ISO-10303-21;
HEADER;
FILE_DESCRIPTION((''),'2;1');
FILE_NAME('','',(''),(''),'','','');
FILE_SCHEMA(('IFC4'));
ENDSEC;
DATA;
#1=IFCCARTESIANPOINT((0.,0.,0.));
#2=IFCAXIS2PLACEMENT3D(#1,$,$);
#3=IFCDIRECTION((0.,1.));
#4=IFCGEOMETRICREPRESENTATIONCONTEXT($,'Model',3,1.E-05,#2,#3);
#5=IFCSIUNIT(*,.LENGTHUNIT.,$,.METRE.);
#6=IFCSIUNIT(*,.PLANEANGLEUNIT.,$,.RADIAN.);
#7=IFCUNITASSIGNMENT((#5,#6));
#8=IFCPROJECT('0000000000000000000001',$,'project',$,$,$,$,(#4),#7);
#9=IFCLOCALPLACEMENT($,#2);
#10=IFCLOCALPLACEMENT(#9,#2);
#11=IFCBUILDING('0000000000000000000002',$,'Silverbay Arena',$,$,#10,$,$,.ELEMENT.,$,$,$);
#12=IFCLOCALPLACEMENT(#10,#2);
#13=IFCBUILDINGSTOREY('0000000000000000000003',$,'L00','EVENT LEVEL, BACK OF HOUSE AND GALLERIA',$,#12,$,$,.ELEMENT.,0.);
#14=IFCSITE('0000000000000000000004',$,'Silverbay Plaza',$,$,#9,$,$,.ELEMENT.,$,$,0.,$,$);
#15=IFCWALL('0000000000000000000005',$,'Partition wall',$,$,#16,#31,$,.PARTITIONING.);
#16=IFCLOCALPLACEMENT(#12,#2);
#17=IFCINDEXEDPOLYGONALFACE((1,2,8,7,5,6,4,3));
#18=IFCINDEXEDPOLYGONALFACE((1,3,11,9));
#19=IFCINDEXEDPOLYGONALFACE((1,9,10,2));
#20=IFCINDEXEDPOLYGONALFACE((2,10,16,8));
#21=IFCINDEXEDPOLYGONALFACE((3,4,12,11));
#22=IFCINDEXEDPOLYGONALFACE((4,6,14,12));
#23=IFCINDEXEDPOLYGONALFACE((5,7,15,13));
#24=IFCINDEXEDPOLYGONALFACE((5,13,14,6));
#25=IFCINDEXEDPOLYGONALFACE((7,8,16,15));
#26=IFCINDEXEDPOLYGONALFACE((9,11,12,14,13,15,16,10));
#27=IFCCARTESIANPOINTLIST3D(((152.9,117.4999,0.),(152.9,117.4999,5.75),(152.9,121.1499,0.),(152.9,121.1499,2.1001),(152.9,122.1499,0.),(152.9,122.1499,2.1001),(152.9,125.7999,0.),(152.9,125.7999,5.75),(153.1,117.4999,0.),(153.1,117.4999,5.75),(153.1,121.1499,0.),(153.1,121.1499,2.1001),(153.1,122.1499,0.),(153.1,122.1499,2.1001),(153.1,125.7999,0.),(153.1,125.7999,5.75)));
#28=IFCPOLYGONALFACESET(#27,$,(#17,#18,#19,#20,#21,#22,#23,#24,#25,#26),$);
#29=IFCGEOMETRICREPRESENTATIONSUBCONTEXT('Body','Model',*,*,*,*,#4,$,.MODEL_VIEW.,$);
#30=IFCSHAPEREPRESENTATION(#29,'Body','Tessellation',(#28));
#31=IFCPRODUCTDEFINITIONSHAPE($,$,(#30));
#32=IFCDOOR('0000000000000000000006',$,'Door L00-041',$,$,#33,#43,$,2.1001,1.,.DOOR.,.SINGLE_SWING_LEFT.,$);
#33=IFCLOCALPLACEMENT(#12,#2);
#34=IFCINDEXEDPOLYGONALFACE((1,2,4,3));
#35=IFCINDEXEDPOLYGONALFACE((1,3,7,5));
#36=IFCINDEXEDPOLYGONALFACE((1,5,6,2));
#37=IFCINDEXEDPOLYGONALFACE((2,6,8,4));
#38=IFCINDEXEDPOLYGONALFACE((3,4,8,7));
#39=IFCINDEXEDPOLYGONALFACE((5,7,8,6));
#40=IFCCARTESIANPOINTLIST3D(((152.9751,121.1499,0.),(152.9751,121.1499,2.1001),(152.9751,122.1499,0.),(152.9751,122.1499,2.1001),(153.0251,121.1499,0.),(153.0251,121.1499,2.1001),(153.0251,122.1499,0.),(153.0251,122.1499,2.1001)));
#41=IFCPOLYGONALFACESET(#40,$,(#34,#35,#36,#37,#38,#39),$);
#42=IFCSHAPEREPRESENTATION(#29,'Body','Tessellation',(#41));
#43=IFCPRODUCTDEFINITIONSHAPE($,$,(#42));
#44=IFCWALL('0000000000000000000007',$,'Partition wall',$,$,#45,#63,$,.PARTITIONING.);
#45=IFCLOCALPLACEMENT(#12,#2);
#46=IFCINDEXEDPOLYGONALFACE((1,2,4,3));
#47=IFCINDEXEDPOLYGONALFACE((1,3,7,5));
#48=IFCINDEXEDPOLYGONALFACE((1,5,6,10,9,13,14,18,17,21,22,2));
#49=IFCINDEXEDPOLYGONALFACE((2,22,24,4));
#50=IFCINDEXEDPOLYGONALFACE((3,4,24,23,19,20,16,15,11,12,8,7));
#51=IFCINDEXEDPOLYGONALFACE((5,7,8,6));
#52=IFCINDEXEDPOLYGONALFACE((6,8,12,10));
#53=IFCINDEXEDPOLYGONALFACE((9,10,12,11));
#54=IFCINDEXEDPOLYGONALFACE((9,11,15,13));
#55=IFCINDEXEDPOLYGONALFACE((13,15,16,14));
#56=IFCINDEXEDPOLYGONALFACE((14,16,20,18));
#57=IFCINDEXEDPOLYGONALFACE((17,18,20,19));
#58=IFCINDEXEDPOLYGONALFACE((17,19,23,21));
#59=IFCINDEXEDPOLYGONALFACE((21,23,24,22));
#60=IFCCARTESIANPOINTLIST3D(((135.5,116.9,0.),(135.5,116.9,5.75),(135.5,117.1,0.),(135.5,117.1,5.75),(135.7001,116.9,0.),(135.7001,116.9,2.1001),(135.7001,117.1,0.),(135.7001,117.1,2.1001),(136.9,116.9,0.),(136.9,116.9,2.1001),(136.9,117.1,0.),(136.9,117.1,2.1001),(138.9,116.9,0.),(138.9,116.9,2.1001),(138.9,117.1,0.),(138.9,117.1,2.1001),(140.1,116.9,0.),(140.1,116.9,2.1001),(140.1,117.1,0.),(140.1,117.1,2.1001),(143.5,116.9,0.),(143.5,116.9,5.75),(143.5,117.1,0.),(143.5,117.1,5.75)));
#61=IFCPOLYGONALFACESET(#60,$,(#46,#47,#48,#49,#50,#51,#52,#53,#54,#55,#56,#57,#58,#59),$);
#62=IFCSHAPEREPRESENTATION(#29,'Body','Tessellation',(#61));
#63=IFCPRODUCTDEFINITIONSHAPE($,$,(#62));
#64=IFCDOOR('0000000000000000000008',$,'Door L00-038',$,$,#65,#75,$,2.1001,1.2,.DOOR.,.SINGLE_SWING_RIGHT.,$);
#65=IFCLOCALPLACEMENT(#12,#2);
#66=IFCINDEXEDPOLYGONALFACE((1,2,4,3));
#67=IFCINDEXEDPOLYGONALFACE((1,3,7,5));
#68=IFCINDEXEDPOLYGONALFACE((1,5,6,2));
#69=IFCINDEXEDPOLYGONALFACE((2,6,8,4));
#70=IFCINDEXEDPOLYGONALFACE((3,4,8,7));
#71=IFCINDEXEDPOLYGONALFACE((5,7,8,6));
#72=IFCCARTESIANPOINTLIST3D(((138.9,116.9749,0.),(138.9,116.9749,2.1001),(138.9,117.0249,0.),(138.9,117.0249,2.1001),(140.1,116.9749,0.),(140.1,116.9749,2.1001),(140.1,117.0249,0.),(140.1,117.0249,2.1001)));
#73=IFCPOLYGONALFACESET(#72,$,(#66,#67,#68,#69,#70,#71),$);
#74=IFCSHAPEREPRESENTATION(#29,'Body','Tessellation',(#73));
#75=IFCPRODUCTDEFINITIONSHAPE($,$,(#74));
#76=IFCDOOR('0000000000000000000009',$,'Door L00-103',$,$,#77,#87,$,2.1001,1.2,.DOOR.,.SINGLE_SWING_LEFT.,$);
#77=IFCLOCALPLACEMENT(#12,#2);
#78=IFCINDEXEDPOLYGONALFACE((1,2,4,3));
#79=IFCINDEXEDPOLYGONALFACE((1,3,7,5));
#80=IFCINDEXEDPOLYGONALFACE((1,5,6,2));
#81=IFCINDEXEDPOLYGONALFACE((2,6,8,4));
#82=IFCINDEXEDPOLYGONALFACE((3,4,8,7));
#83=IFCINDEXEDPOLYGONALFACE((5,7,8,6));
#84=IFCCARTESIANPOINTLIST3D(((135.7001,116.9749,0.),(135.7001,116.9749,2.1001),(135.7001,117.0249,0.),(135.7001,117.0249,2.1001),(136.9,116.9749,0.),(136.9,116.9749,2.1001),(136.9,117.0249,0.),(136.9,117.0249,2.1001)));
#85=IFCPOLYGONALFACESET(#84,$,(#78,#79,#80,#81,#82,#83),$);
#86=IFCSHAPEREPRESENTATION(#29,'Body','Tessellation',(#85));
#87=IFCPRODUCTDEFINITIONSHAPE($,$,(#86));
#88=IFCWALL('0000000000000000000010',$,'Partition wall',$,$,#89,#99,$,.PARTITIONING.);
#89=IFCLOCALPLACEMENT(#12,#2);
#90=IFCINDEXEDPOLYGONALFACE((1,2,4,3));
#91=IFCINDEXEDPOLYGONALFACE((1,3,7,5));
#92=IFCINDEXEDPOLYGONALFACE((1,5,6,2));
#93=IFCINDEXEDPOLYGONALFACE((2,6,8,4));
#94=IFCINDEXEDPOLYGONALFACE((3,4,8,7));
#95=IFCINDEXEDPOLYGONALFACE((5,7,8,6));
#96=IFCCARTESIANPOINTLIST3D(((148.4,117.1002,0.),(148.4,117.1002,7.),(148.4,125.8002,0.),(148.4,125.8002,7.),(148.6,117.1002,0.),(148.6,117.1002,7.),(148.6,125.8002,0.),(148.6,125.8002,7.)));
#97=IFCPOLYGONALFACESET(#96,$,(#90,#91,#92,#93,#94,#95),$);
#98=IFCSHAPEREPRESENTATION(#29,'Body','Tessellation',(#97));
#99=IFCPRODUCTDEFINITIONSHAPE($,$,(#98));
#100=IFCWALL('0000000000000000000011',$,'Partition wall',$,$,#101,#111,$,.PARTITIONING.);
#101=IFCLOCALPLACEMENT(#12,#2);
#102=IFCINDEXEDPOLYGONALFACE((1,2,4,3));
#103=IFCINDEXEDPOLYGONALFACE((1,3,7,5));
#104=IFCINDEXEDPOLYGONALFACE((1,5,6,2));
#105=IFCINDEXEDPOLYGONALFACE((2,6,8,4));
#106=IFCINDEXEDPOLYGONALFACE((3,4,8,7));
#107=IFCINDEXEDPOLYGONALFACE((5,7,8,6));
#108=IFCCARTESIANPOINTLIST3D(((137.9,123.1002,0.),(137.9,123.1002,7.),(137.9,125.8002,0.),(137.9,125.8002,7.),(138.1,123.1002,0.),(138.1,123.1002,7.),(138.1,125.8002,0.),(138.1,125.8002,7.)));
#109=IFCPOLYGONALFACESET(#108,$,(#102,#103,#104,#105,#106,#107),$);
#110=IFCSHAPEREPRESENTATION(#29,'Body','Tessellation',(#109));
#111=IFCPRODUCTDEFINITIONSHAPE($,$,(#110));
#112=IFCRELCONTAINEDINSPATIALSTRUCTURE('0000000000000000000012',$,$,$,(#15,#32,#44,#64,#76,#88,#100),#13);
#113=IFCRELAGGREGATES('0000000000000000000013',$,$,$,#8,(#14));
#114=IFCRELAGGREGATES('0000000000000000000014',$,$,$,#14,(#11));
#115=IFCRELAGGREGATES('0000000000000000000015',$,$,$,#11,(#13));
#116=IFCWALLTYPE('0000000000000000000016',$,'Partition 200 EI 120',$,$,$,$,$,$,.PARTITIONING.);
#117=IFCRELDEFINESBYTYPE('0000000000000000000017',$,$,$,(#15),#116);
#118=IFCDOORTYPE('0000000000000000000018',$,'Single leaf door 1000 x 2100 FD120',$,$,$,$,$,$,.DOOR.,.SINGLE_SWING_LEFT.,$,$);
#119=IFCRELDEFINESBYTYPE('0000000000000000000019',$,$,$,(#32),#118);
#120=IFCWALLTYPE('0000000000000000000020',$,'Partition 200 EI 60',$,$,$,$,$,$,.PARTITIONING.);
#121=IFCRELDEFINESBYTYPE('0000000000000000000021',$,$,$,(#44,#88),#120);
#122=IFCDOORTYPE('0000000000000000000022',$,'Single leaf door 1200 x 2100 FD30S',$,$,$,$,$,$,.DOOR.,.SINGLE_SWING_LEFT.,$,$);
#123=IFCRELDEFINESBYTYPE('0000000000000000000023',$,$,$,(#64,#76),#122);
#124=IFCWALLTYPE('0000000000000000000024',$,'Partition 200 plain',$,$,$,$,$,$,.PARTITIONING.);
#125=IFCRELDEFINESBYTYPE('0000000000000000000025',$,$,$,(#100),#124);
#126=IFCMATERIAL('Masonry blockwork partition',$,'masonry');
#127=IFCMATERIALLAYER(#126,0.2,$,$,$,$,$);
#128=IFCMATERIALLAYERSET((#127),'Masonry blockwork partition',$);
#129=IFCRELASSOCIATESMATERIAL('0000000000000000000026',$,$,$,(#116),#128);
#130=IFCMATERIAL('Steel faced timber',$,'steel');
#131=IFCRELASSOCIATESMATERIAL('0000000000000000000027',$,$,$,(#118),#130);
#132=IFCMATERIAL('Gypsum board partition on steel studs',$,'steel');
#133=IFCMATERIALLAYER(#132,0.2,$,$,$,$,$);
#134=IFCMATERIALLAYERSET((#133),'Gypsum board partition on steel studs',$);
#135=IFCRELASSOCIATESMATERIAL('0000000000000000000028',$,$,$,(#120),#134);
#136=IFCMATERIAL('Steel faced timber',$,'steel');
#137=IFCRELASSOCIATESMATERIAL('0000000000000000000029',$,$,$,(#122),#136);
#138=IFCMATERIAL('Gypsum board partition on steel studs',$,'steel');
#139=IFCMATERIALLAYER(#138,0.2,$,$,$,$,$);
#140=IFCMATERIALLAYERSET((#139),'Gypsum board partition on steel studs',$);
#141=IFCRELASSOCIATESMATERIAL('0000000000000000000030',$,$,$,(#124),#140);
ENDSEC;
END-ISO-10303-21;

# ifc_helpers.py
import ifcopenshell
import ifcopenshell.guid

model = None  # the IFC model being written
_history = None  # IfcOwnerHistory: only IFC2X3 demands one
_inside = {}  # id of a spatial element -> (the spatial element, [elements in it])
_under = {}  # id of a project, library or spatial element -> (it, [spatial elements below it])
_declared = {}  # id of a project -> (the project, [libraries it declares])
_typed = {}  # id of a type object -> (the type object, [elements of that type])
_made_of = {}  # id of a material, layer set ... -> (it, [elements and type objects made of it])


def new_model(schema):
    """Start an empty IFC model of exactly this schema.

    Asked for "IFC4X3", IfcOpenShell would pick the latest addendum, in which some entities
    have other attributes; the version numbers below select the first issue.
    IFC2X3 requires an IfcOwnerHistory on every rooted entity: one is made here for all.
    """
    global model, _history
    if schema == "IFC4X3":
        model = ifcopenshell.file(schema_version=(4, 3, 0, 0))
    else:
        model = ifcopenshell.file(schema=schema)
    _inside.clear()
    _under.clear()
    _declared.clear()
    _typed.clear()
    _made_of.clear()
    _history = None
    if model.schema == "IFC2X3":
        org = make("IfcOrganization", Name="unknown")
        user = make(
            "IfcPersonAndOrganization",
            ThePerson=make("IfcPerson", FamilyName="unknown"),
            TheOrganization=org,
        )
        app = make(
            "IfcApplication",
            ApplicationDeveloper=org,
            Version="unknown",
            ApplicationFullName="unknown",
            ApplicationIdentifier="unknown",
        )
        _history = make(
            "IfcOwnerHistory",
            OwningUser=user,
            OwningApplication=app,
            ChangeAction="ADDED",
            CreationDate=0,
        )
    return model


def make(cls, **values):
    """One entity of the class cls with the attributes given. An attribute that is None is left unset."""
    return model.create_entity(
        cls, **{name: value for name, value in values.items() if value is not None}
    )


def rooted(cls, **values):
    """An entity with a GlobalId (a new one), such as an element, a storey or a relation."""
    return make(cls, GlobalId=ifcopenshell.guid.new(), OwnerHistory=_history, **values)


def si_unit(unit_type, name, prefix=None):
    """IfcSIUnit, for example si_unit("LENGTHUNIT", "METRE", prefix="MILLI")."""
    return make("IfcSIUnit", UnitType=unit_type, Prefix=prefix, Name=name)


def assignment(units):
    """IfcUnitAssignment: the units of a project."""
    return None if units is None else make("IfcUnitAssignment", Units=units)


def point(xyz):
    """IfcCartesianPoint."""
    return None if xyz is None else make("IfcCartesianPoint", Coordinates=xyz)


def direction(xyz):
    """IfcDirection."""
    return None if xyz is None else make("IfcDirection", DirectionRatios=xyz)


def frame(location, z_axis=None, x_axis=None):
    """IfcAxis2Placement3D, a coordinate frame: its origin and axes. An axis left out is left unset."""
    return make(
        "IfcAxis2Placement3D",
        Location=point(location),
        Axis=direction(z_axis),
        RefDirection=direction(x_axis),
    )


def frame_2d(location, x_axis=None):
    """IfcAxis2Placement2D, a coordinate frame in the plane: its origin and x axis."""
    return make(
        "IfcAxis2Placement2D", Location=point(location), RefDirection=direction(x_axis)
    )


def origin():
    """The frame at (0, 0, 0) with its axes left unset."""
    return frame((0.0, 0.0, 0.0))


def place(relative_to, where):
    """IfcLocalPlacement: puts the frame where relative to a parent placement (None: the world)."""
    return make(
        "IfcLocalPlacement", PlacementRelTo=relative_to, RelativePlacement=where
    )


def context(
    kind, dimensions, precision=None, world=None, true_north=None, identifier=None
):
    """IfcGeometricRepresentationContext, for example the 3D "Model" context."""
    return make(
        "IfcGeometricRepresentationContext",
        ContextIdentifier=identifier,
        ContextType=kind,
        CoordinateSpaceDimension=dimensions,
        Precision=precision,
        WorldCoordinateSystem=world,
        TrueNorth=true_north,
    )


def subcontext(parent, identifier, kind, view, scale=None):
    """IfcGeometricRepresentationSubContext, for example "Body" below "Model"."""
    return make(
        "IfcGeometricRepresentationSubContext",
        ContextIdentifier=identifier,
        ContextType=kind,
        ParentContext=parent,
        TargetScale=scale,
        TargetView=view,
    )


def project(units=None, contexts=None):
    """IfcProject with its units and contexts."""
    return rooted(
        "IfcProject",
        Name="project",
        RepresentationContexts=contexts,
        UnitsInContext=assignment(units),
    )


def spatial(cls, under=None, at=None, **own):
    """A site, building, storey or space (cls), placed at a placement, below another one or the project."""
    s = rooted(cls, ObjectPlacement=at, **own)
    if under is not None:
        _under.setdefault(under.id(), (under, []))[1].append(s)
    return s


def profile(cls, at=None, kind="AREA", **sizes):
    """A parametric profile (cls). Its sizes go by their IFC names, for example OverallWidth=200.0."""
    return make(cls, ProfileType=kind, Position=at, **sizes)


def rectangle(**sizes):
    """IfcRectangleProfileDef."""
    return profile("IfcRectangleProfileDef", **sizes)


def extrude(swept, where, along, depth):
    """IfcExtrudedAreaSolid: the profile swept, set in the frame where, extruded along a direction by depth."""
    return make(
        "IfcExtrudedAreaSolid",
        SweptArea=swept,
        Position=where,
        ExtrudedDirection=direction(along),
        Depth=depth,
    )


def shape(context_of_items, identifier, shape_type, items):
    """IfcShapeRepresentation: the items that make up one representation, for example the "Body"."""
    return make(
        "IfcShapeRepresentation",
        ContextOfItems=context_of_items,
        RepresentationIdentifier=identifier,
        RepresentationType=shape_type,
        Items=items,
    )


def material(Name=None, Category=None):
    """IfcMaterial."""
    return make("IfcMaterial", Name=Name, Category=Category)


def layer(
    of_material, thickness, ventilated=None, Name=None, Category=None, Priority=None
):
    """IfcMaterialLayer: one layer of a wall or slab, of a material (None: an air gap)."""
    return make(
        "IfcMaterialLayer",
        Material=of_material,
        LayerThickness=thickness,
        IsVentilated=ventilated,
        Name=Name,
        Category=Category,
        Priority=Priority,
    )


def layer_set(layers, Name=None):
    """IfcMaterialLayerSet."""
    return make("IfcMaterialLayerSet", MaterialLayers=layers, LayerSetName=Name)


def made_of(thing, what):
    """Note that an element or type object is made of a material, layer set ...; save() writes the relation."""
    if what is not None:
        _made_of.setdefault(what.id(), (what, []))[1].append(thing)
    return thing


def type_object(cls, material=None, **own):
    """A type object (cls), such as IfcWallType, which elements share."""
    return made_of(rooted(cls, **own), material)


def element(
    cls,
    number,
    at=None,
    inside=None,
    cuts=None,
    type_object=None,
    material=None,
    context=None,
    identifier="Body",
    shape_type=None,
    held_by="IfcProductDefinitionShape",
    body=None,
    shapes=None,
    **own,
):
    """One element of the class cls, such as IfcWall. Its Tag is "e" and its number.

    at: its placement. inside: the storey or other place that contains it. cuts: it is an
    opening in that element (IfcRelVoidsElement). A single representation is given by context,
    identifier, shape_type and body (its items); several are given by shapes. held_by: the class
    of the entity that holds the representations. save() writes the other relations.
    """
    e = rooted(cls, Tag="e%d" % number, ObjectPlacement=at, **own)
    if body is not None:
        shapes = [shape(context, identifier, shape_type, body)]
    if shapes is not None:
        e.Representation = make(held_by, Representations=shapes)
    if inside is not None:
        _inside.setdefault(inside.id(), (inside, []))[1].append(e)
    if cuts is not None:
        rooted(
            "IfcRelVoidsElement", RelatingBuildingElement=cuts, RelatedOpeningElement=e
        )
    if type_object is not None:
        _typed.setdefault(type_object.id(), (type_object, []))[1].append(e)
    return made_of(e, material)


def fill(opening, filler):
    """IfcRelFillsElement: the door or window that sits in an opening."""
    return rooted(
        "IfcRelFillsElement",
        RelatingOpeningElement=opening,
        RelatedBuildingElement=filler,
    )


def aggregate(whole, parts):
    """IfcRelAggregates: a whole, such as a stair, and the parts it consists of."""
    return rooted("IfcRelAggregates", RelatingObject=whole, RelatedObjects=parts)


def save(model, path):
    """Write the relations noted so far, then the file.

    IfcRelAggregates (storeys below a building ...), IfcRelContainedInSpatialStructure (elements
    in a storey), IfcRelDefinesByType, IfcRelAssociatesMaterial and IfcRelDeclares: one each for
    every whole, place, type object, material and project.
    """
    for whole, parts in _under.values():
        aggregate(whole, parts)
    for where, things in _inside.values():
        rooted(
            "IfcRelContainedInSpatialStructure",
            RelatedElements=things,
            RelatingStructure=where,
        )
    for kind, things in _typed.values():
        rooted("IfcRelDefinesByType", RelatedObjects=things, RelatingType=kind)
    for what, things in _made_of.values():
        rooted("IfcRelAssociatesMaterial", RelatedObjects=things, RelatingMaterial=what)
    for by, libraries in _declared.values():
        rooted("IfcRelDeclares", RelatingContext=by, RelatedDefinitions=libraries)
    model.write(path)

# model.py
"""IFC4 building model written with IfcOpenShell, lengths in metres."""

from ifc_helpers import new_model, si_unit, direction, frame, frame_2d, origin, place, context, subcontext, project, spatial, rectangle, extrude, material, layer, layer_set, type_object, element, fill, save


model = new_model("IFC4")

# Units and contexts
model_context = context("Model", 3, precision=1e-05, world=origin(), true_north=direction((0.0, 1.0)))
body_context = subcontext(model_context, "Body", "Model", "MODEL_VIEW")
ifc_project = project(units=[si_unit("LENGTHUNIT", "METRE"), si_unit("PLANEANGLEUNIT", "RADIAN")], contexts=[model_context])

# Site, building, storey
site_placement = place(None, origin())
site = spatial("IfcSite", under=ifc_project, at=site_placement, Name="Silverbay Plaza", CompositionType="ELEMENT", RefElevation=0.0)
building_placement = place(site_placement, origin())
building = spatial("IfcBuilding", under=site, at=building_placement, Name="Silverbay Arena", CompositionType="ELEMENT")
storey_placement = place(building_placement, origin())
storey = spatial("IfcBuildingStorey", under=building, at=storey_placement, Name="L00", Description="EVENT LEVEL, BACK OF HOUSE AND GALLERIA", CompositionType="ELEMENT", Elevation=0.0)

# Shared definitions
ifc_material_1 = material(Name="Masonry blockwork partition", Category="masonry")
ifc_layer_1 = layer(ifc_material_1, 0.2)
ifc_layer_set_1 = layer_set([ifc_layer_1], Name="Masonry blockwork partition")
wall_type_1 = type_object("IfcWallType", Name="Partition 200 EI 120", PredefinedType="PARTITIONING", material=ifc_layer_set_1)
ifc_material_2 = material(Name="Steel faced timber", Category="steel")
door_type_1 = type_object("IfcDoorType", Name="Single leaf door 1000 x 2100 FD120", OperationType="SINGLE_SWING_LEFT", PredefinedType="DOOR", material=ifc_material_2)

# Wall, opening, door
wall_1_placement = place(storey_placement, frame((153.0, 117.5, 0.0), z_axis=(0.0, 0.0, 1.0), x_axis=(0.0, 1.0, 0.0)))
wall_1 = element("IfcWall", 1, at=wall_1_placement, inside=storey, type_object=wall_type_1, Name="Partition wall", PredefinedType="PARTITIONING", context=body_context, shape_type="SweptSolid", body=[
    extrude(rectangle(XDim=8.3, YDim=0.2, at=frame_2d((4.1499, 0.0))), origin(), (0.0, 0.0, 1.0), 5.75),
])
opening_1_placement = place(wall_1_placement, frame((3.6499, 0.0, 0.0)))
opening_1 = element("IfcOpeningElement", 2, at=opening_1_placement, cuts=wall_1, PredefinedType="OPENING", context=body_context, shape_type="SweptSolid", body=[
    extrude(rectangle(XDim=1.0, YDim=2.1001, at=frame_2d((0.5, 1.05))), frame((0.0, 0.1099, 0.0), z_axis=(0.0, -1.0, 0.0), x_axis=(1.0, 0.0, 0.0)), (0.0, 0.0, 1.0), 0.22),
])
door_1_placement = place(opening_1_placement, origin())
door_1 = element("IfcDoor", 3, at=door_1_placement, inside=storey, type_object=door_type_1, Name="Door L00-041", OperationType="SINGLE_SWING_LEFT", OverallHeight=2.1001, OverallWidth=1.0, PredefinedType="DOOR", context=body_context, shape_type="SweptSolid", body=[
    extrude(rectangle(XDim=1.0, YDim=2.1001, at=frame_2d((0.5, 1.05))), frame((0.0, 0.0249, 0.0), z_axis=(0.0, -1.0, 0.0), x_axis=(1.0, 0.0, 0.0)), (0.0, 0.0, 1.0), 0.05),
])
fill(opening_1, door_1)

# Wall, openings, doors
ifc_material_3 = material(Name="Gypsum board partition on steel studs", Category="steel")
ifc_layer_2 = layer(ifc_material_3, 0.2)
ifc_layer_set_2 = layer_set([ifc_layer_2], Name="Gypsum board partition on steel studs")
wall_type_2 = type_object("IfcWallType", Name="Partition 200 EI 60", PredefinedType="PARTITIONING", material=ifc_layer_set_2)
wall_2_placement = place(storey_placement, frame((135.5, 117.0, 0.0), z_axis=(0.0, 0.0, 1.0), x_axis=(1.0, 0.0, 0.0)))
wall_2 = element("IfcWall", 4, at=wall_2_placement, inside=storey, type_object=wall_type_2, Name="Partition wall", PredefinedType="PARTITIONING", context=body_context, shape_type="SweptSolid", body=[
    extrude(rectangle(XDim=8.0, YDim=0.2, at=frame_2d((4.0, 0.0))), origin(), (0.0, 0.0, 1.0), 5.75),
])
opening_2_placement = place(wall_2_placement, frame((3.3999, 0.0, 0.0)))
opening_2 = element("IfcOpeningElement", 5, at=opening_2_placement, cuts=wall_2, PredefinedType="OPENING", context=body_context, shape_type="SweptSolid", body=[
    extrude(rectangle(XDim=1.2, YDim=2.1001, at=frame_2d((0.6001, 1.05))), frame((0.0, 0.1099, 0.0), z_axis=(0.0, -1.0, 0.0), x_axis=(1.0, 0.0, 0.0)), (0.0, 0.0, 1.0), 0.22),
])
opening_3_placement = place(wall_2_placement, frame((0.2, 0.0, 0.0)))
opening_3 = element("IfcOpeningElement", 6, at=opening_3_placement, cuts=wall_2, PredefinedType="OPENING", context=body_context, shape_type="SweptSolid", body=[
    extrude(rectangle(XDim=1.2, YDim=2.1001, at=frame_2d((0.6001, 1.05))), frame((0.0, 0.1099, 0.0), z_axis=(0.0, -1.0, 0.0), x_axis=(1.0, 0.0, 0.0)), (0.0, 0.0, 1.0), 0.22),
])
ifc_material_4 = material(Name="Steel faced timber", Category="steel")
door_type_2 = type_object("IfcDoorType", Name="Single leaf door 1200 x 2100 FD30S", OperationType="SINGLE_SWING_LEFT", PredefinedType="DOOR", material=ifc_material_4)
door_2_placement = place(opening_2_placement, origin())
door_2 = element("IfcDoor", 7, at=door_2_placement, inside=storey, type_object=door_type_2, Name="Door L00-038", OperationType="SINGLE_SWING_RIGHT", OverallHeight=2.1001, OverallWidth=1.2, PredefinedType="DOOR", context=body_context, shape_type="SweptSolid", body=[
    extrude(rectangle(XDim=1.2, YDim=2.1001, at=frame_2d((0.6001, 1.05))), frame((0.0, 0.0249, 0.0), z_axis=(0.0, -1.0, 0.0), x_axis=(1.0, 0.0, 0.0)), (0.0, 0.0, 1.0), 0.05),
])
fill(opening_2, door_2)
door_3_placement = place(opening_3_placement, origin())
door_3 = element("IfcDoor", 8, at=door_3_placement, inside=storey, type_object=door_type_2, Name="Door L00-103", OperationType="SINGLE_SWING_LEFT", OverallHeight=2.1001, OverallWidth=1.2, PredefinedType="DOOR", context=body_context, shape_type="SweptSolid", body=[
    extrude(rectangle(XDim=1.2, YDim=2.1001, at=frame_2d((0.6001, 1.05))), frame((0.0, 0.0249, 0.0), z_axis=(0.0, -1.0, 0.0), x_axis=(1.0, 0.0, 0.0)), (0.0, 0.0, 1.0), 0.05),
])
fill(opening_3, door_3)

# Walls
wall_3_placement = place(storey_placement, frame((148.5, 117.1001, 0.0), z_axis=(0.0, 0.0, 1.0), x_axis=(0.0, 1.0, 0.0)))
element("IfcWall", 9, at=wall_3_placement, inside=storey, type_object=wall_type_2, Name="Partition wall", PredefinedType="PARTITIONING", context=body_context, shape_type="SweptSolid", body=[
    extrude(rectangle(XDim=8.7, YDim=0.2, at=frame_2d((4.3501, 0.0))), origin(), (0.0, 0.0, 1.0), 7.0),
])
ifc_material_5 = material(Name="Gypsum board partition on steel studs", Category="steel")
ifc_layer_3 = layer(ifc_material_5, 0.2)
ifc_layer_set_3 = layer_set([ifc_layer_3], Name="Gypsum board partition on steel studs")
wall_type_3 = type_object("IfcWallType", Name="Partition 200 plain", PredefinedType="PARTITIONING", material=ifc_layer_set_3)
wall_4_placement = place(storey_placement, frame((138.0, 123.1001, 0.0), z_axis=(0.0, 0.0, 1.0), x_axis=(0.0, 1.0, 0.0)))
element("IfcWall", 10, at=wall_4_placement, inside=storey, type_object=wall_type_3, Name="Partition wall", PredefinedType="PARTITIONING", context=body_context, shape_type="SweptSolid", body=[
    extrude(rectangle(XDim=2.7, YDim=0.2, at=frame_2d((1.3501, 0.0))), origin(), (0.0, 0.0, 1.0), 7.0),
])

save(model, "model.ifc")
